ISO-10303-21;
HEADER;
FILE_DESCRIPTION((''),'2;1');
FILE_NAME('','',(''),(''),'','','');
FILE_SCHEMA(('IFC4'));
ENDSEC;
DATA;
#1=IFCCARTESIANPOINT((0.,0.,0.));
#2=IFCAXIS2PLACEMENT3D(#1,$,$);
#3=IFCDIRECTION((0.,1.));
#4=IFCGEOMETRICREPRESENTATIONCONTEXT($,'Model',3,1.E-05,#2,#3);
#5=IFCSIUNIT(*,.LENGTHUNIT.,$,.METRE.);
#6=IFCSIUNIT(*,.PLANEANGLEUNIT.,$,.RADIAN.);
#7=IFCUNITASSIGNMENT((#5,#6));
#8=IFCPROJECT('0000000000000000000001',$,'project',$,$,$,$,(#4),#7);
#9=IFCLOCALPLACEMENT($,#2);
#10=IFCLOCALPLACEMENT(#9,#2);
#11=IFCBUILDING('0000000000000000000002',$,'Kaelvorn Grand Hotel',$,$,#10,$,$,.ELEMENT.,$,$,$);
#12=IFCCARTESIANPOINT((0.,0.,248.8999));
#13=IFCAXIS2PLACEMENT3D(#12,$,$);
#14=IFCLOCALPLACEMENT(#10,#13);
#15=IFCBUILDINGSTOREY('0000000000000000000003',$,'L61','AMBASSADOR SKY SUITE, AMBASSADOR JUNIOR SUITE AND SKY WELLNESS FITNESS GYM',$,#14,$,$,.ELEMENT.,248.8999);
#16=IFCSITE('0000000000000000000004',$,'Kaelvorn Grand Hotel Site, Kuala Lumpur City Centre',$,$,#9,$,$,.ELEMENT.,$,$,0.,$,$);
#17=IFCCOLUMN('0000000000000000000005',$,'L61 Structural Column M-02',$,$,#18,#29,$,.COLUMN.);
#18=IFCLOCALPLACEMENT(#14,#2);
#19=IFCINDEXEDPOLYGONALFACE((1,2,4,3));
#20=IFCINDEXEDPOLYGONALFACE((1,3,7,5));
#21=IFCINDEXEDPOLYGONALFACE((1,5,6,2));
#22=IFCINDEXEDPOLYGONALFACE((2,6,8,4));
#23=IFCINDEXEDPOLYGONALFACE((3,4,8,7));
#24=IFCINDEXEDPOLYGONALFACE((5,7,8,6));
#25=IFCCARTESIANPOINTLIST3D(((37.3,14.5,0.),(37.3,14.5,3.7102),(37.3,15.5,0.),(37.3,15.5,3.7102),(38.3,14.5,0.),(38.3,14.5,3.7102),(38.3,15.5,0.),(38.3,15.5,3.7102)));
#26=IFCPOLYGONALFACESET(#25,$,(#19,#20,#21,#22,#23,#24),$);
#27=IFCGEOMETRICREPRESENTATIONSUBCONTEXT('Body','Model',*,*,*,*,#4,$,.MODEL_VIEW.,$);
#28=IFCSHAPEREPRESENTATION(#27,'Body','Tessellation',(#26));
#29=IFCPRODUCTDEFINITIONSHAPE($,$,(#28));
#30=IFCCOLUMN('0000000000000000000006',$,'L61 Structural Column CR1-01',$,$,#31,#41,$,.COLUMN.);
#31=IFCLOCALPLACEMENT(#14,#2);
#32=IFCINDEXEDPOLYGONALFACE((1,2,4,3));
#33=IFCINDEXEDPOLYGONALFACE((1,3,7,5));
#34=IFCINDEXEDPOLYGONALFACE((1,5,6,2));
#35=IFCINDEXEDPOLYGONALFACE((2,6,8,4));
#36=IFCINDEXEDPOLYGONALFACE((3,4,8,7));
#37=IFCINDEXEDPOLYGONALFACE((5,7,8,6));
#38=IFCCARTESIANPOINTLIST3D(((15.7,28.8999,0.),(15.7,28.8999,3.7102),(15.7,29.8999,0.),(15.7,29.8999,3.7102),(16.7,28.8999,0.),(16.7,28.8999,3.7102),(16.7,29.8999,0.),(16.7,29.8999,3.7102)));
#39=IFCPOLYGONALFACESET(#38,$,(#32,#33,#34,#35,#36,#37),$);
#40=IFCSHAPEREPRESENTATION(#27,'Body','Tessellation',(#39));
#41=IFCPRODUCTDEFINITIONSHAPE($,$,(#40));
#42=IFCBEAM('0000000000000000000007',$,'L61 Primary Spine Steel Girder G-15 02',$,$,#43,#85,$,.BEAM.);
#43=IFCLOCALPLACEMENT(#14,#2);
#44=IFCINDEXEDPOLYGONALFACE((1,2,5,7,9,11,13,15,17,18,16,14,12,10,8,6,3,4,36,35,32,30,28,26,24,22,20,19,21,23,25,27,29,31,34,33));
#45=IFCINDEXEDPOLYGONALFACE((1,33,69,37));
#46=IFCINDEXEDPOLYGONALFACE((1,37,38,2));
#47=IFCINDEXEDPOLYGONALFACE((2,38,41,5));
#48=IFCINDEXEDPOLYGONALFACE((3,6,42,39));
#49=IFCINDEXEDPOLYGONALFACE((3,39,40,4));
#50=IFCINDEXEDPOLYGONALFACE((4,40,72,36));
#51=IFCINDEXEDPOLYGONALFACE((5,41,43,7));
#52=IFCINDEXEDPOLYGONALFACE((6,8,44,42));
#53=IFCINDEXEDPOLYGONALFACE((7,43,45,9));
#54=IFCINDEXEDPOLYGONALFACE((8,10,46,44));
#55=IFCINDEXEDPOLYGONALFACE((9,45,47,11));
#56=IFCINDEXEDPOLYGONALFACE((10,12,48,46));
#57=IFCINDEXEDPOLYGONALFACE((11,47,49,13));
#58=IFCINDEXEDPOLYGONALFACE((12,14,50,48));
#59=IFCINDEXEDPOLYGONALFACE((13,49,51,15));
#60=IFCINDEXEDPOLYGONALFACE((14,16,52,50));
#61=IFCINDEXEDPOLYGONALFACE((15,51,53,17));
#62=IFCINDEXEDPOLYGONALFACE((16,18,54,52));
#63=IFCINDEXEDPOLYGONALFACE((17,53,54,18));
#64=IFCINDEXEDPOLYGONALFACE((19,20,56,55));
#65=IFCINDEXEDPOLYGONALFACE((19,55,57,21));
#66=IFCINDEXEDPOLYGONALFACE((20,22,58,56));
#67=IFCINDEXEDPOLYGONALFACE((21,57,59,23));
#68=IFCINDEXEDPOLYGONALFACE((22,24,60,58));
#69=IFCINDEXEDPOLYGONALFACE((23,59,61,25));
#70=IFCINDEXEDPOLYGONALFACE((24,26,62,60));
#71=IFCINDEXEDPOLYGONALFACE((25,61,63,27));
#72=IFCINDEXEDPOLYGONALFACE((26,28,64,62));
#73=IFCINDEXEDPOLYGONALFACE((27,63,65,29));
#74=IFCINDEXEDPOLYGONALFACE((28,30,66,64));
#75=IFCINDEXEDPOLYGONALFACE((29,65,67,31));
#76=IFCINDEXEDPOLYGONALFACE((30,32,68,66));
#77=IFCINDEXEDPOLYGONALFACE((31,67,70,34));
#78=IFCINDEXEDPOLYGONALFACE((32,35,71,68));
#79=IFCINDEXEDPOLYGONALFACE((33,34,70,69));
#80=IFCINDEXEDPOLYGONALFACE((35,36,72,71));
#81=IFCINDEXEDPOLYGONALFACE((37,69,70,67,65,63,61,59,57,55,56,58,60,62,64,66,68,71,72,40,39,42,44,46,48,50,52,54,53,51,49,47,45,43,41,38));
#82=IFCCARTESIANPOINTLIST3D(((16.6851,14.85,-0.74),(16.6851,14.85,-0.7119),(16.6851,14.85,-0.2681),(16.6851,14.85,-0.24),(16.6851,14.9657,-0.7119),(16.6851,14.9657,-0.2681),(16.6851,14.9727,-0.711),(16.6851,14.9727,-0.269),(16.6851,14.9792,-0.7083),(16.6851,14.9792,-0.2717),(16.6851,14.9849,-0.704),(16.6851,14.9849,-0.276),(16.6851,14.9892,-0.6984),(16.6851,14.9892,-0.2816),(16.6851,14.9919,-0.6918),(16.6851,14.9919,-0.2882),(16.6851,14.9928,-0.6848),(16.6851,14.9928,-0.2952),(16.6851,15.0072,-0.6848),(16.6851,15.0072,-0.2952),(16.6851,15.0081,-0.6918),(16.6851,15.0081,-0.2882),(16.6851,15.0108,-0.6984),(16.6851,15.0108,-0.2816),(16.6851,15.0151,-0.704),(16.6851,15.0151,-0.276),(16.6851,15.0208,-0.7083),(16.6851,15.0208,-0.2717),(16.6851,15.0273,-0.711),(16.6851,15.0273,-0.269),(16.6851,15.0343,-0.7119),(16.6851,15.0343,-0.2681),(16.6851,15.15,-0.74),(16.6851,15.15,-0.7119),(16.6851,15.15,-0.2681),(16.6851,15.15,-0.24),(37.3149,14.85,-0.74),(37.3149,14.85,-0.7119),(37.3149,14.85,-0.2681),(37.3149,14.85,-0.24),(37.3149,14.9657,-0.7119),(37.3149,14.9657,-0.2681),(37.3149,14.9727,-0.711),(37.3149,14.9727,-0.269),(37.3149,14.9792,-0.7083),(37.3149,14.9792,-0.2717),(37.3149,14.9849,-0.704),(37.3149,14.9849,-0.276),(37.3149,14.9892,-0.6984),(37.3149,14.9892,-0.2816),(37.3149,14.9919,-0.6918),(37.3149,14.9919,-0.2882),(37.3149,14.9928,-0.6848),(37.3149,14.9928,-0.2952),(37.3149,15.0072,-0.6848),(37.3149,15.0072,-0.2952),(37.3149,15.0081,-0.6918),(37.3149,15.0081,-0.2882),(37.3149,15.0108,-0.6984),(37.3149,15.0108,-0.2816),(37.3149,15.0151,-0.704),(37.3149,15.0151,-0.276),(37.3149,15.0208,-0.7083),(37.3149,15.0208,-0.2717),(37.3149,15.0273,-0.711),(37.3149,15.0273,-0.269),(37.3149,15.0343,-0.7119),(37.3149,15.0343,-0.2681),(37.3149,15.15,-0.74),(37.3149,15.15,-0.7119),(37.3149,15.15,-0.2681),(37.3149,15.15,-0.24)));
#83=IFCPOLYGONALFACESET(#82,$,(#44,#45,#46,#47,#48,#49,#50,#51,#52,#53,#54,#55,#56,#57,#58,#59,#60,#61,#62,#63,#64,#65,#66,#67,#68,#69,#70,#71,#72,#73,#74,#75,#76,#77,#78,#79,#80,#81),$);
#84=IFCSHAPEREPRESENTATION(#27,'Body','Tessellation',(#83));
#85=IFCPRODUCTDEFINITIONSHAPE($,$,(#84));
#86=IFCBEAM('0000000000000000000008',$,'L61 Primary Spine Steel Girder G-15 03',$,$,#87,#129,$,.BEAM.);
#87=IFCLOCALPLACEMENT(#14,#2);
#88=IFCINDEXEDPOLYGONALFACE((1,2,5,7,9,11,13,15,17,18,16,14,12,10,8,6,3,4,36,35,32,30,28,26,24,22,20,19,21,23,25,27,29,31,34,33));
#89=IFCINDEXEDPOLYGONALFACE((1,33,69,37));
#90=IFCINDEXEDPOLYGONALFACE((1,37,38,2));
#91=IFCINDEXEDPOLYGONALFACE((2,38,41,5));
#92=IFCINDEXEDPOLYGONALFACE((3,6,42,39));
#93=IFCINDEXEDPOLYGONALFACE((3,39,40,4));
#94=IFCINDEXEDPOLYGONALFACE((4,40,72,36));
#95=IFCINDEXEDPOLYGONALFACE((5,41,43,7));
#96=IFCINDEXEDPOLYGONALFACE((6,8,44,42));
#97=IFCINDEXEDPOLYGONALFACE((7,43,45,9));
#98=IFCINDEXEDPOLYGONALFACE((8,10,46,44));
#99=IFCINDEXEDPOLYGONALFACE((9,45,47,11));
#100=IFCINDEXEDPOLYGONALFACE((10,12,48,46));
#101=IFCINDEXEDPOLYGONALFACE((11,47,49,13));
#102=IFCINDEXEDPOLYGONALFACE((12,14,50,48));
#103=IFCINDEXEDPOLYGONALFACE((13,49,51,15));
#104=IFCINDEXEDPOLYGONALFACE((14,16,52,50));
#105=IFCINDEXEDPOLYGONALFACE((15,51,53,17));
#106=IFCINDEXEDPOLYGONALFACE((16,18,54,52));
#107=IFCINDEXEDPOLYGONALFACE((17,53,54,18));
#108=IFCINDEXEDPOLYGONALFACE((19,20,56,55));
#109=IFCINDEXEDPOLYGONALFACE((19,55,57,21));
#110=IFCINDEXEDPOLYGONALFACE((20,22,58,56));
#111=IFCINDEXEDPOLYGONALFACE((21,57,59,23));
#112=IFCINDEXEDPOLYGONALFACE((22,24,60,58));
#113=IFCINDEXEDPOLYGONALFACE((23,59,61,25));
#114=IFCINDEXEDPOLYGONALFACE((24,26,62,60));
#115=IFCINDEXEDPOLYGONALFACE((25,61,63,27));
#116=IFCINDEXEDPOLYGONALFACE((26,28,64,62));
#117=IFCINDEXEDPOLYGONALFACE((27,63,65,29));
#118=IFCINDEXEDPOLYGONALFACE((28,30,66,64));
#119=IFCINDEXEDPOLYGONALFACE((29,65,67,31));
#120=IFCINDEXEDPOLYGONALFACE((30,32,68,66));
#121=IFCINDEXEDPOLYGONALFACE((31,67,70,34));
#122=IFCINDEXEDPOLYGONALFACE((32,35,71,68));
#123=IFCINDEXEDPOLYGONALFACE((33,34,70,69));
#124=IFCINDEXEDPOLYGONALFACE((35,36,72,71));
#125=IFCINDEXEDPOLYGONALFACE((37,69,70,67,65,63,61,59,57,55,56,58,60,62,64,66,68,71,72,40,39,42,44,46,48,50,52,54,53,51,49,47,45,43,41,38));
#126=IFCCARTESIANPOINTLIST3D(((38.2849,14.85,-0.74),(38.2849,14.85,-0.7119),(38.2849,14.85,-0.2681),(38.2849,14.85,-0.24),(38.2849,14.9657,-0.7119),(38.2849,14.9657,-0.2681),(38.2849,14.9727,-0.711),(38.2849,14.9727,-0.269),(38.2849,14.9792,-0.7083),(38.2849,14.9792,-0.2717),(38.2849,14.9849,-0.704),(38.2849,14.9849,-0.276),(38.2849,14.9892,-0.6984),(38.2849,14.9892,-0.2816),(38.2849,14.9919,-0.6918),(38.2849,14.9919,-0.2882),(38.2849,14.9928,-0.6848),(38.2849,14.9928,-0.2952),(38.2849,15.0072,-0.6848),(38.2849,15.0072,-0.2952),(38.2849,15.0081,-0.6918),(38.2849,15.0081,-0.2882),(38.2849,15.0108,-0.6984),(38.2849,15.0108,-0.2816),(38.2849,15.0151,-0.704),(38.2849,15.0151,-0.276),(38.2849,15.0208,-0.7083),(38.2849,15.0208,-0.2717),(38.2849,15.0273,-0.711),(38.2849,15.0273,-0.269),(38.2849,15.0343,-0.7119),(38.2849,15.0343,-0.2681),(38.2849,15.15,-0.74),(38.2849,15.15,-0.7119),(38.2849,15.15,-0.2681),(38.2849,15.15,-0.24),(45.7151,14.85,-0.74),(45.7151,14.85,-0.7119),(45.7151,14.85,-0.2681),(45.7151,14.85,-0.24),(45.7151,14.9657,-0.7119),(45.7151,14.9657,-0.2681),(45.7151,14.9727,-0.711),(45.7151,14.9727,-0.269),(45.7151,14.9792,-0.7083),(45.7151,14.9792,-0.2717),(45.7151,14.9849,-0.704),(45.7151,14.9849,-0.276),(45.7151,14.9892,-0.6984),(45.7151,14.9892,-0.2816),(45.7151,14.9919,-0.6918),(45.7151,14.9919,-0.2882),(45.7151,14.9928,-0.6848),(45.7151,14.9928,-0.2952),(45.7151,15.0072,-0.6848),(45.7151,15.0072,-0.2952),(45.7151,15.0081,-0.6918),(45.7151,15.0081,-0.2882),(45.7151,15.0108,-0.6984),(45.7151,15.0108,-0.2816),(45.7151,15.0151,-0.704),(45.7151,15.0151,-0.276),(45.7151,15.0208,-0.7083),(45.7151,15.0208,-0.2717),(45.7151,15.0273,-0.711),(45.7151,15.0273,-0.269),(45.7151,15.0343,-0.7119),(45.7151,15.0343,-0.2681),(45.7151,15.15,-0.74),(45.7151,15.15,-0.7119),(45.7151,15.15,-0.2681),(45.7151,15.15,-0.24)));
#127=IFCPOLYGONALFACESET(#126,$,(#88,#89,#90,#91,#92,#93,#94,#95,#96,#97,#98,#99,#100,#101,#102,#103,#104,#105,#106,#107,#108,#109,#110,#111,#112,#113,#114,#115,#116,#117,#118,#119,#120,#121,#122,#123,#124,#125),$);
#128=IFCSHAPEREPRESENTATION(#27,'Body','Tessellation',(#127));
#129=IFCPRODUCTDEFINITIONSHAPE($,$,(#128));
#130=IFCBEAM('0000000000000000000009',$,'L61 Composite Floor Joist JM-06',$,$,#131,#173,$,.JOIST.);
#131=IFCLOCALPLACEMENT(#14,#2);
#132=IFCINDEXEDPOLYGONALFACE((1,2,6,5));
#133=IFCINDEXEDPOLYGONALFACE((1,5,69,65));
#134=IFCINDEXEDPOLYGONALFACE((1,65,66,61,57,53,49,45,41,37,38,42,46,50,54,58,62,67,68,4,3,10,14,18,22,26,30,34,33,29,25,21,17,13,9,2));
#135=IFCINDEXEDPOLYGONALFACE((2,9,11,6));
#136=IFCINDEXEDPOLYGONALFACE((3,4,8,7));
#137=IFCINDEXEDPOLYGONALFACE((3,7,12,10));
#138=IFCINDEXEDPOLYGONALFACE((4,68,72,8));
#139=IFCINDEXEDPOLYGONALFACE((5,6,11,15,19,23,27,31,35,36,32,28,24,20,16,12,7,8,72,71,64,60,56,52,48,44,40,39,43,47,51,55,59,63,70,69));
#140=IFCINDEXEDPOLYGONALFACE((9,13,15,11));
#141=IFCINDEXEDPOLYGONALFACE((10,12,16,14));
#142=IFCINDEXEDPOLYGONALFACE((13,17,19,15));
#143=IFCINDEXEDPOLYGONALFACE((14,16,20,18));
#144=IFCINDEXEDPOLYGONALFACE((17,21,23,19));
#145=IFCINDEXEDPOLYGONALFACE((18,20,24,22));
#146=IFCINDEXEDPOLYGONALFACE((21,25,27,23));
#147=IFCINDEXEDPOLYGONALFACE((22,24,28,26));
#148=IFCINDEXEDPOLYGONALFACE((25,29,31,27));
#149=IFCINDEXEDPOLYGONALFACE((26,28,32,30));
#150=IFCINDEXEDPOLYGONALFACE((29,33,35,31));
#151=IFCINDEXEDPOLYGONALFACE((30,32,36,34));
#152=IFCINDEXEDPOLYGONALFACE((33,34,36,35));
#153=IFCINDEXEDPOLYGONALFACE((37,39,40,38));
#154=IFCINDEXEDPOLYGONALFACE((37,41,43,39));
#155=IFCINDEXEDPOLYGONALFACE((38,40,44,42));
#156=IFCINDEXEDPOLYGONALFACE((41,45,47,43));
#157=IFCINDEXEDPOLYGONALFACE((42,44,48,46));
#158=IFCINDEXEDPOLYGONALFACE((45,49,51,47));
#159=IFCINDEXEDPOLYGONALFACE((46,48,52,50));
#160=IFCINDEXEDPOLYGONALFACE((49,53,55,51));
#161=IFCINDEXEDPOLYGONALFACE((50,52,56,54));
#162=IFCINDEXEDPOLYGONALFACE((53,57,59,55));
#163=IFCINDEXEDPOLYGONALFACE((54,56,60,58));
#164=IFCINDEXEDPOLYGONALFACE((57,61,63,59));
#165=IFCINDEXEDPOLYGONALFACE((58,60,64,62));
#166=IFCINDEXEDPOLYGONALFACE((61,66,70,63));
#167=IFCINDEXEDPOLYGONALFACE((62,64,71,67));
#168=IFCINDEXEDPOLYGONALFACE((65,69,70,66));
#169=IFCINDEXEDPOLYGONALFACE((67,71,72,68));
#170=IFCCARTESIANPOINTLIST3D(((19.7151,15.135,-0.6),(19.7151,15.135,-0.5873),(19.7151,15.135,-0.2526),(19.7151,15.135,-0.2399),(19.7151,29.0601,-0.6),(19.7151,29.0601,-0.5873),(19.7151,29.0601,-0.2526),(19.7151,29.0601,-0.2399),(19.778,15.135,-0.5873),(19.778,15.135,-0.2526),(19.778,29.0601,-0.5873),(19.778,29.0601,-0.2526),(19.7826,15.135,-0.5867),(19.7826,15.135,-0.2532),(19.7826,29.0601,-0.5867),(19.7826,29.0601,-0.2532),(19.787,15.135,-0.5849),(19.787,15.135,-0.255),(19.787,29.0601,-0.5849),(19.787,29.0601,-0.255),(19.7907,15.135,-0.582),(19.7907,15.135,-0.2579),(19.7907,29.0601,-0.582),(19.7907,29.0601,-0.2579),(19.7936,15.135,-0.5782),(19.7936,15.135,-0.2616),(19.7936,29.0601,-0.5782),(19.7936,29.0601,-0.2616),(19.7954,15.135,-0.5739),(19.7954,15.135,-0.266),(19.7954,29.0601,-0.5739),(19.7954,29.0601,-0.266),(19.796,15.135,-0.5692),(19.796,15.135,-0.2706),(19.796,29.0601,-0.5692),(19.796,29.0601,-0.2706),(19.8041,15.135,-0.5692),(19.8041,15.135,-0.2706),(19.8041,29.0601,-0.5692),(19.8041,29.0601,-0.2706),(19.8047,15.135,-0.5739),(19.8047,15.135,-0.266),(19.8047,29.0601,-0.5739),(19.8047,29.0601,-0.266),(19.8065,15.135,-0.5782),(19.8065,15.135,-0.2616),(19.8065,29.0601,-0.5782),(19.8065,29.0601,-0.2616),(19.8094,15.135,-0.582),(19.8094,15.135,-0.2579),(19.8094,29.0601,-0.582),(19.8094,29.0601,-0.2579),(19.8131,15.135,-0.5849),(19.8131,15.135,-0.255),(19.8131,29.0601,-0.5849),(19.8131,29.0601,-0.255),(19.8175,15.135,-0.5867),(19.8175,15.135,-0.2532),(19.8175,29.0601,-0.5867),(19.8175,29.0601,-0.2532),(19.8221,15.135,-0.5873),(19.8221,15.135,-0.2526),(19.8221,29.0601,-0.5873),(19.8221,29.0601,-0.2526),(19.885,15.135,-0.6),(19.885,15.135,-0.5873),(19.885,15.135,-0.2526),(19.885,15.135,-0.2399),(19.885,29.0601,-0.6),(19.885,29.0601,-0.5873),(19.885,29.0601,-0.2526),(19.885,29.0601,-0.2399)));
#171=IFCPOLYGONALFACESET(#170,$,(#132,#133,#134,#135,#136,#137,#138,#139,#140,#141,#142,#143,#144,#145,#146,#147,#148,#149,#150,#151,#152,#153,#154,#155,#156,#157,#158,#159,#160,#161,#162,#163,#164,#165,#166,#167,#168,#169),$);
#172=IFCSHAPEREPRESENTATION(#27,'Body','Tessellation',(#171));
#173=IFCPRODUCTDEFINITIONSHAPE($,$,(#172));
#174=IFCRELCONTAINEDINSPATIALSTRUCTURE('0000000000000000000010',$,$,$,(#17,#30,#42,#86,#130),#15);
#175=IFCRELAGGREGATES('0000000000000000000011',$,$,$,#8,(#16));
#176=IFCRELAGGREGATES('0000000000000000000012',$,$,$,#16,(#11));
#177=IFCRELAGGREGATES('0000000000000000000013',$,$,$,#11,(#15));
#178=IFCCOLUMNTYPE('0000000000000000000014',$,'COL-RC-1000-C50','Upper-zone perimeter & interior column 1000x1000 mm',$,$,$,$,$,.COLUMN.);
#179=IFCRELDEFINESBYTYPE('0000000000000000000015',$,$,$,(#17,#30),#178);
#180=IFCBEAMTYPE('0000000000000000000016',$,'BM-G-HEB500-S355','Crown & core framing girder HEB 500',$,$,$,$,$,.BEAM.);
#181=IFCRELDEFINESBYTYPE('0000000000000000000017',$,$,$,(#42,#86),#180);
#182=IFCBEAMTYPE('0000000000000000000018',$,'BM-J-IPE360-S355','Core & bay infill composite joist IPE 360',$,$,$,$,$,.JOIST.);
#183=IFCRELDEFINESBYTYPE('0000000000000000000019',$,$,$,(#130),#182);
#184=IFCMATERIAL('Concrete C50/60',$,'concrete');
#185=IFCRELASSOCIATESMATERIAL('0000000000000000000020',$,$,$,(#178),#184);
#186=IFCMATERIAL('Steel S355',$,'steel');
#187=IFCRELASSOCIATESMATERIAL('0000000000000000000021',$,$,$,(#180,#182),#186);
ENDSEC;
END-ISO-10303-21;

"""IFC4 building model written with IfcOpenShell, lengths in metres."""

from ifc_helpers import new_model, si_unit, direction, frame, origin, origin_2d, place, context, subcontext, project, spatial, rectangle, i_section, extrude, material, material_profile, profile_set, type_object, element, save


model = new_model("IFC4")

# Units and contexts
model_context = context("Model", 3, precision=1e-05, world=origin(), true_north=direction((0.0, 1.0)))
body_context = subcontext(model_context, "Body", "Model", "MODEL_VIEW")
ifc_project = project(units=[si_unit("LENGTHUNIT", "METRE"), si_unit("PLANEANGLEUNIT", "RADIAN")], contexts=[model_context])

# Site, building, storey
site_placement = place(None, origin())
site = spatial("IfcSite", under=ifc_project, at=site_placement, Name="Kaelvorn Grand Hotel Site, Kuala Lumpur City Centre", CompositionType="ELEMENT", RefElevation=0.0)
building_placement = place(site_placement, origin())
building = spatial("IfcBuilding", under=site, at=building_placement, Name="Kaelvorn Grand Hotel", CompositionType="ELEMENT")
storey_placement = place(building_placement, frame((0.0, 0.0, 248.8999)))
storey = spatial("IfcBuildingStorey", under=building, at=storey_placement, Name="L61", Description="AMBASSADOR SKY SUITE, AMBASSADOR JUNIOR SUITE AND SKY WELLNESS FITNESS GYM", CompositionType="ELEMENT", Elevation=248.8999)

# Columns
ifc_material_1 = material(Name="Concrete C50/60", Category="concrete")
ifc_material_profile_1 = material_profile(ifc_material_1, rectangle(XDim=1.0, YDim=1.0, at=origin_2d()), Name="RC COL 1000x1000")
ifc_profile_set_1 = profile_set([ifc_material_profile_1], Name="Concrete C50/60")
column_type = type_object("IfcColumnType", Name="COL-RC-1000-C50", Description="Upper-zone perimeter & interior column 1000x1000 mm", PredefinedType="COLUMN", material=ifc_profile_set_1)
for number, where, z_axis, x_axis, name in (
    (1, (37.8, 15.0, 0.0), (0.0, 0.0, 1.0), (1.0, 0.0, 0.0), "L61 Structural Column M-02"),
    (2, (16.2, 29.3999, 0.0), (0.0, 0.0, 1.0), (1.0, 0.0, 0.0), "L61 Structural Column CR1-01"),
):
    element("IfcColumn", number, at=place(storey_placement, frame(where, z_axis=z_axis, x_axis=x_axis)), inside=storey, type_object=column_type, Name=name, PredefinedType="COLUMN", context=body_context, shape_type="SweptSolid", body=[
        extrude(rectangle(XDim=1.0, YDim=1.0, at=origin_2d()), origin(), (0.0, 0.0, 1.0), 3.7102),
    ])

# Beams
ifc_material_2 = material(Name="Steel S355", Category="steel")
ifc_material_profile_2 = material_profile(ifc_material_2, i_section(OverallWidth=0.3, OverallDepth=0.5, WebThickness=0.0144, FlangeThickness=0.0281, FilletRadius=0.0271, at=origin_2d()), Name="HEB 500")
ifc_profile_set_2 = profile_set([ifc_material_profile_2], Name="Steel S355")
beam_type_1 = type_object("IfcBeamType", Name="BM-G-HEB500-S355", Description="Crown & core framing girder HEB 500", PredefinedType="BEAM", material=ifc_profile_set_2)
beam_1_placement = place(storey_placement, frame((16.6851, 15.0, -0.49), z_axis=(1.0, 0.0, 0.0), x_axis=(0.0, 1.0, 0.0)))
element("IfcBeam", 3, at=beam_1_placement, inside=storey, type_object=beam_type_1, Name="L61 Primary Spine Steel Girder G-15 02", PredefinedType="BEAM", context=body_context, shape_type="SweptSolid", body=[
    extrude(i_section(OverallWidth=0.3, OverallDepth=0.5, WebThickness=0.0144, FlangeThickness=0.0281, FilletRadius=0.0271, at=origin_2d()), origin(), (0.0, 0.0, 1.0), 20.6299),
])
beam_2_placement = place(storey_placement, frame((38.2849, 15.0, -0.49), z_axis=(1.0, 0.0, 0.0), x_axis=(0.0, 1.0, 0.0)))
element("IfcBeam", 4, at=beam_2_placement, inside=storey, type_object=beam_type_1, Name="L61 Primary Spine Steel Girder G-15 03", PredefinedType="BEAM", context=body_context, shape_type="SweptSolid", body=[
    extrude(i_section(OverallWidth=0.3, OverallDepth=0.5, WebThickness=0.0144, FlangeThickness=0.0281, FilletRadius=0.0271, at=origin_2d()), origin(), (0.0, 0.0, 1.0), 7.4302),
])
ifc_material_profile_3 = material_profile(ifc_material_2, i_section(OverallWidth=0.1699, OverallDepth=0.3601, WebThickness=0.0081, FlangeThickness=0.0127, FilletRadius=0.0181, at=origin_2d()), Name="IPE 360")
ifc_profile_set_3 = profile_set([ifc_material_profile_3], Name="Steel S355")
beam_type_2 = type_object("IfcBeamType", Name="BM-J-IPE360-S355", Description="Core & bay infill composite joist IPE 360", PredefinedType="JOIST", material=ifc_profile_set_3)
beam_3_placement = place(storey_placement, frame((19.8, 15.135, -0.4199), z_axis=(0.0, 1.0, 0.0), x_axis=(-1.0, 0.0, 0.0)))
element("IfcBeam", 5, at=beam_3_placement, inside=storey, type_object=beam_type_2, Name="L61 Composite Floor Joist JM-06", PredefinedType="JOIST", context=body_context, shape_type="SweptSolid", body=[
    extrude(i_section(OverallWidth=0.1699, OverallDepth=0.3601, WebThickness=0.0081, FlangeThickness=0.0127, FilletRadius=0.0181, at=origin_2d()), origin(), (0.0, 0.0, 1.0), 13.925),
])

save(model, "model.ifc")
